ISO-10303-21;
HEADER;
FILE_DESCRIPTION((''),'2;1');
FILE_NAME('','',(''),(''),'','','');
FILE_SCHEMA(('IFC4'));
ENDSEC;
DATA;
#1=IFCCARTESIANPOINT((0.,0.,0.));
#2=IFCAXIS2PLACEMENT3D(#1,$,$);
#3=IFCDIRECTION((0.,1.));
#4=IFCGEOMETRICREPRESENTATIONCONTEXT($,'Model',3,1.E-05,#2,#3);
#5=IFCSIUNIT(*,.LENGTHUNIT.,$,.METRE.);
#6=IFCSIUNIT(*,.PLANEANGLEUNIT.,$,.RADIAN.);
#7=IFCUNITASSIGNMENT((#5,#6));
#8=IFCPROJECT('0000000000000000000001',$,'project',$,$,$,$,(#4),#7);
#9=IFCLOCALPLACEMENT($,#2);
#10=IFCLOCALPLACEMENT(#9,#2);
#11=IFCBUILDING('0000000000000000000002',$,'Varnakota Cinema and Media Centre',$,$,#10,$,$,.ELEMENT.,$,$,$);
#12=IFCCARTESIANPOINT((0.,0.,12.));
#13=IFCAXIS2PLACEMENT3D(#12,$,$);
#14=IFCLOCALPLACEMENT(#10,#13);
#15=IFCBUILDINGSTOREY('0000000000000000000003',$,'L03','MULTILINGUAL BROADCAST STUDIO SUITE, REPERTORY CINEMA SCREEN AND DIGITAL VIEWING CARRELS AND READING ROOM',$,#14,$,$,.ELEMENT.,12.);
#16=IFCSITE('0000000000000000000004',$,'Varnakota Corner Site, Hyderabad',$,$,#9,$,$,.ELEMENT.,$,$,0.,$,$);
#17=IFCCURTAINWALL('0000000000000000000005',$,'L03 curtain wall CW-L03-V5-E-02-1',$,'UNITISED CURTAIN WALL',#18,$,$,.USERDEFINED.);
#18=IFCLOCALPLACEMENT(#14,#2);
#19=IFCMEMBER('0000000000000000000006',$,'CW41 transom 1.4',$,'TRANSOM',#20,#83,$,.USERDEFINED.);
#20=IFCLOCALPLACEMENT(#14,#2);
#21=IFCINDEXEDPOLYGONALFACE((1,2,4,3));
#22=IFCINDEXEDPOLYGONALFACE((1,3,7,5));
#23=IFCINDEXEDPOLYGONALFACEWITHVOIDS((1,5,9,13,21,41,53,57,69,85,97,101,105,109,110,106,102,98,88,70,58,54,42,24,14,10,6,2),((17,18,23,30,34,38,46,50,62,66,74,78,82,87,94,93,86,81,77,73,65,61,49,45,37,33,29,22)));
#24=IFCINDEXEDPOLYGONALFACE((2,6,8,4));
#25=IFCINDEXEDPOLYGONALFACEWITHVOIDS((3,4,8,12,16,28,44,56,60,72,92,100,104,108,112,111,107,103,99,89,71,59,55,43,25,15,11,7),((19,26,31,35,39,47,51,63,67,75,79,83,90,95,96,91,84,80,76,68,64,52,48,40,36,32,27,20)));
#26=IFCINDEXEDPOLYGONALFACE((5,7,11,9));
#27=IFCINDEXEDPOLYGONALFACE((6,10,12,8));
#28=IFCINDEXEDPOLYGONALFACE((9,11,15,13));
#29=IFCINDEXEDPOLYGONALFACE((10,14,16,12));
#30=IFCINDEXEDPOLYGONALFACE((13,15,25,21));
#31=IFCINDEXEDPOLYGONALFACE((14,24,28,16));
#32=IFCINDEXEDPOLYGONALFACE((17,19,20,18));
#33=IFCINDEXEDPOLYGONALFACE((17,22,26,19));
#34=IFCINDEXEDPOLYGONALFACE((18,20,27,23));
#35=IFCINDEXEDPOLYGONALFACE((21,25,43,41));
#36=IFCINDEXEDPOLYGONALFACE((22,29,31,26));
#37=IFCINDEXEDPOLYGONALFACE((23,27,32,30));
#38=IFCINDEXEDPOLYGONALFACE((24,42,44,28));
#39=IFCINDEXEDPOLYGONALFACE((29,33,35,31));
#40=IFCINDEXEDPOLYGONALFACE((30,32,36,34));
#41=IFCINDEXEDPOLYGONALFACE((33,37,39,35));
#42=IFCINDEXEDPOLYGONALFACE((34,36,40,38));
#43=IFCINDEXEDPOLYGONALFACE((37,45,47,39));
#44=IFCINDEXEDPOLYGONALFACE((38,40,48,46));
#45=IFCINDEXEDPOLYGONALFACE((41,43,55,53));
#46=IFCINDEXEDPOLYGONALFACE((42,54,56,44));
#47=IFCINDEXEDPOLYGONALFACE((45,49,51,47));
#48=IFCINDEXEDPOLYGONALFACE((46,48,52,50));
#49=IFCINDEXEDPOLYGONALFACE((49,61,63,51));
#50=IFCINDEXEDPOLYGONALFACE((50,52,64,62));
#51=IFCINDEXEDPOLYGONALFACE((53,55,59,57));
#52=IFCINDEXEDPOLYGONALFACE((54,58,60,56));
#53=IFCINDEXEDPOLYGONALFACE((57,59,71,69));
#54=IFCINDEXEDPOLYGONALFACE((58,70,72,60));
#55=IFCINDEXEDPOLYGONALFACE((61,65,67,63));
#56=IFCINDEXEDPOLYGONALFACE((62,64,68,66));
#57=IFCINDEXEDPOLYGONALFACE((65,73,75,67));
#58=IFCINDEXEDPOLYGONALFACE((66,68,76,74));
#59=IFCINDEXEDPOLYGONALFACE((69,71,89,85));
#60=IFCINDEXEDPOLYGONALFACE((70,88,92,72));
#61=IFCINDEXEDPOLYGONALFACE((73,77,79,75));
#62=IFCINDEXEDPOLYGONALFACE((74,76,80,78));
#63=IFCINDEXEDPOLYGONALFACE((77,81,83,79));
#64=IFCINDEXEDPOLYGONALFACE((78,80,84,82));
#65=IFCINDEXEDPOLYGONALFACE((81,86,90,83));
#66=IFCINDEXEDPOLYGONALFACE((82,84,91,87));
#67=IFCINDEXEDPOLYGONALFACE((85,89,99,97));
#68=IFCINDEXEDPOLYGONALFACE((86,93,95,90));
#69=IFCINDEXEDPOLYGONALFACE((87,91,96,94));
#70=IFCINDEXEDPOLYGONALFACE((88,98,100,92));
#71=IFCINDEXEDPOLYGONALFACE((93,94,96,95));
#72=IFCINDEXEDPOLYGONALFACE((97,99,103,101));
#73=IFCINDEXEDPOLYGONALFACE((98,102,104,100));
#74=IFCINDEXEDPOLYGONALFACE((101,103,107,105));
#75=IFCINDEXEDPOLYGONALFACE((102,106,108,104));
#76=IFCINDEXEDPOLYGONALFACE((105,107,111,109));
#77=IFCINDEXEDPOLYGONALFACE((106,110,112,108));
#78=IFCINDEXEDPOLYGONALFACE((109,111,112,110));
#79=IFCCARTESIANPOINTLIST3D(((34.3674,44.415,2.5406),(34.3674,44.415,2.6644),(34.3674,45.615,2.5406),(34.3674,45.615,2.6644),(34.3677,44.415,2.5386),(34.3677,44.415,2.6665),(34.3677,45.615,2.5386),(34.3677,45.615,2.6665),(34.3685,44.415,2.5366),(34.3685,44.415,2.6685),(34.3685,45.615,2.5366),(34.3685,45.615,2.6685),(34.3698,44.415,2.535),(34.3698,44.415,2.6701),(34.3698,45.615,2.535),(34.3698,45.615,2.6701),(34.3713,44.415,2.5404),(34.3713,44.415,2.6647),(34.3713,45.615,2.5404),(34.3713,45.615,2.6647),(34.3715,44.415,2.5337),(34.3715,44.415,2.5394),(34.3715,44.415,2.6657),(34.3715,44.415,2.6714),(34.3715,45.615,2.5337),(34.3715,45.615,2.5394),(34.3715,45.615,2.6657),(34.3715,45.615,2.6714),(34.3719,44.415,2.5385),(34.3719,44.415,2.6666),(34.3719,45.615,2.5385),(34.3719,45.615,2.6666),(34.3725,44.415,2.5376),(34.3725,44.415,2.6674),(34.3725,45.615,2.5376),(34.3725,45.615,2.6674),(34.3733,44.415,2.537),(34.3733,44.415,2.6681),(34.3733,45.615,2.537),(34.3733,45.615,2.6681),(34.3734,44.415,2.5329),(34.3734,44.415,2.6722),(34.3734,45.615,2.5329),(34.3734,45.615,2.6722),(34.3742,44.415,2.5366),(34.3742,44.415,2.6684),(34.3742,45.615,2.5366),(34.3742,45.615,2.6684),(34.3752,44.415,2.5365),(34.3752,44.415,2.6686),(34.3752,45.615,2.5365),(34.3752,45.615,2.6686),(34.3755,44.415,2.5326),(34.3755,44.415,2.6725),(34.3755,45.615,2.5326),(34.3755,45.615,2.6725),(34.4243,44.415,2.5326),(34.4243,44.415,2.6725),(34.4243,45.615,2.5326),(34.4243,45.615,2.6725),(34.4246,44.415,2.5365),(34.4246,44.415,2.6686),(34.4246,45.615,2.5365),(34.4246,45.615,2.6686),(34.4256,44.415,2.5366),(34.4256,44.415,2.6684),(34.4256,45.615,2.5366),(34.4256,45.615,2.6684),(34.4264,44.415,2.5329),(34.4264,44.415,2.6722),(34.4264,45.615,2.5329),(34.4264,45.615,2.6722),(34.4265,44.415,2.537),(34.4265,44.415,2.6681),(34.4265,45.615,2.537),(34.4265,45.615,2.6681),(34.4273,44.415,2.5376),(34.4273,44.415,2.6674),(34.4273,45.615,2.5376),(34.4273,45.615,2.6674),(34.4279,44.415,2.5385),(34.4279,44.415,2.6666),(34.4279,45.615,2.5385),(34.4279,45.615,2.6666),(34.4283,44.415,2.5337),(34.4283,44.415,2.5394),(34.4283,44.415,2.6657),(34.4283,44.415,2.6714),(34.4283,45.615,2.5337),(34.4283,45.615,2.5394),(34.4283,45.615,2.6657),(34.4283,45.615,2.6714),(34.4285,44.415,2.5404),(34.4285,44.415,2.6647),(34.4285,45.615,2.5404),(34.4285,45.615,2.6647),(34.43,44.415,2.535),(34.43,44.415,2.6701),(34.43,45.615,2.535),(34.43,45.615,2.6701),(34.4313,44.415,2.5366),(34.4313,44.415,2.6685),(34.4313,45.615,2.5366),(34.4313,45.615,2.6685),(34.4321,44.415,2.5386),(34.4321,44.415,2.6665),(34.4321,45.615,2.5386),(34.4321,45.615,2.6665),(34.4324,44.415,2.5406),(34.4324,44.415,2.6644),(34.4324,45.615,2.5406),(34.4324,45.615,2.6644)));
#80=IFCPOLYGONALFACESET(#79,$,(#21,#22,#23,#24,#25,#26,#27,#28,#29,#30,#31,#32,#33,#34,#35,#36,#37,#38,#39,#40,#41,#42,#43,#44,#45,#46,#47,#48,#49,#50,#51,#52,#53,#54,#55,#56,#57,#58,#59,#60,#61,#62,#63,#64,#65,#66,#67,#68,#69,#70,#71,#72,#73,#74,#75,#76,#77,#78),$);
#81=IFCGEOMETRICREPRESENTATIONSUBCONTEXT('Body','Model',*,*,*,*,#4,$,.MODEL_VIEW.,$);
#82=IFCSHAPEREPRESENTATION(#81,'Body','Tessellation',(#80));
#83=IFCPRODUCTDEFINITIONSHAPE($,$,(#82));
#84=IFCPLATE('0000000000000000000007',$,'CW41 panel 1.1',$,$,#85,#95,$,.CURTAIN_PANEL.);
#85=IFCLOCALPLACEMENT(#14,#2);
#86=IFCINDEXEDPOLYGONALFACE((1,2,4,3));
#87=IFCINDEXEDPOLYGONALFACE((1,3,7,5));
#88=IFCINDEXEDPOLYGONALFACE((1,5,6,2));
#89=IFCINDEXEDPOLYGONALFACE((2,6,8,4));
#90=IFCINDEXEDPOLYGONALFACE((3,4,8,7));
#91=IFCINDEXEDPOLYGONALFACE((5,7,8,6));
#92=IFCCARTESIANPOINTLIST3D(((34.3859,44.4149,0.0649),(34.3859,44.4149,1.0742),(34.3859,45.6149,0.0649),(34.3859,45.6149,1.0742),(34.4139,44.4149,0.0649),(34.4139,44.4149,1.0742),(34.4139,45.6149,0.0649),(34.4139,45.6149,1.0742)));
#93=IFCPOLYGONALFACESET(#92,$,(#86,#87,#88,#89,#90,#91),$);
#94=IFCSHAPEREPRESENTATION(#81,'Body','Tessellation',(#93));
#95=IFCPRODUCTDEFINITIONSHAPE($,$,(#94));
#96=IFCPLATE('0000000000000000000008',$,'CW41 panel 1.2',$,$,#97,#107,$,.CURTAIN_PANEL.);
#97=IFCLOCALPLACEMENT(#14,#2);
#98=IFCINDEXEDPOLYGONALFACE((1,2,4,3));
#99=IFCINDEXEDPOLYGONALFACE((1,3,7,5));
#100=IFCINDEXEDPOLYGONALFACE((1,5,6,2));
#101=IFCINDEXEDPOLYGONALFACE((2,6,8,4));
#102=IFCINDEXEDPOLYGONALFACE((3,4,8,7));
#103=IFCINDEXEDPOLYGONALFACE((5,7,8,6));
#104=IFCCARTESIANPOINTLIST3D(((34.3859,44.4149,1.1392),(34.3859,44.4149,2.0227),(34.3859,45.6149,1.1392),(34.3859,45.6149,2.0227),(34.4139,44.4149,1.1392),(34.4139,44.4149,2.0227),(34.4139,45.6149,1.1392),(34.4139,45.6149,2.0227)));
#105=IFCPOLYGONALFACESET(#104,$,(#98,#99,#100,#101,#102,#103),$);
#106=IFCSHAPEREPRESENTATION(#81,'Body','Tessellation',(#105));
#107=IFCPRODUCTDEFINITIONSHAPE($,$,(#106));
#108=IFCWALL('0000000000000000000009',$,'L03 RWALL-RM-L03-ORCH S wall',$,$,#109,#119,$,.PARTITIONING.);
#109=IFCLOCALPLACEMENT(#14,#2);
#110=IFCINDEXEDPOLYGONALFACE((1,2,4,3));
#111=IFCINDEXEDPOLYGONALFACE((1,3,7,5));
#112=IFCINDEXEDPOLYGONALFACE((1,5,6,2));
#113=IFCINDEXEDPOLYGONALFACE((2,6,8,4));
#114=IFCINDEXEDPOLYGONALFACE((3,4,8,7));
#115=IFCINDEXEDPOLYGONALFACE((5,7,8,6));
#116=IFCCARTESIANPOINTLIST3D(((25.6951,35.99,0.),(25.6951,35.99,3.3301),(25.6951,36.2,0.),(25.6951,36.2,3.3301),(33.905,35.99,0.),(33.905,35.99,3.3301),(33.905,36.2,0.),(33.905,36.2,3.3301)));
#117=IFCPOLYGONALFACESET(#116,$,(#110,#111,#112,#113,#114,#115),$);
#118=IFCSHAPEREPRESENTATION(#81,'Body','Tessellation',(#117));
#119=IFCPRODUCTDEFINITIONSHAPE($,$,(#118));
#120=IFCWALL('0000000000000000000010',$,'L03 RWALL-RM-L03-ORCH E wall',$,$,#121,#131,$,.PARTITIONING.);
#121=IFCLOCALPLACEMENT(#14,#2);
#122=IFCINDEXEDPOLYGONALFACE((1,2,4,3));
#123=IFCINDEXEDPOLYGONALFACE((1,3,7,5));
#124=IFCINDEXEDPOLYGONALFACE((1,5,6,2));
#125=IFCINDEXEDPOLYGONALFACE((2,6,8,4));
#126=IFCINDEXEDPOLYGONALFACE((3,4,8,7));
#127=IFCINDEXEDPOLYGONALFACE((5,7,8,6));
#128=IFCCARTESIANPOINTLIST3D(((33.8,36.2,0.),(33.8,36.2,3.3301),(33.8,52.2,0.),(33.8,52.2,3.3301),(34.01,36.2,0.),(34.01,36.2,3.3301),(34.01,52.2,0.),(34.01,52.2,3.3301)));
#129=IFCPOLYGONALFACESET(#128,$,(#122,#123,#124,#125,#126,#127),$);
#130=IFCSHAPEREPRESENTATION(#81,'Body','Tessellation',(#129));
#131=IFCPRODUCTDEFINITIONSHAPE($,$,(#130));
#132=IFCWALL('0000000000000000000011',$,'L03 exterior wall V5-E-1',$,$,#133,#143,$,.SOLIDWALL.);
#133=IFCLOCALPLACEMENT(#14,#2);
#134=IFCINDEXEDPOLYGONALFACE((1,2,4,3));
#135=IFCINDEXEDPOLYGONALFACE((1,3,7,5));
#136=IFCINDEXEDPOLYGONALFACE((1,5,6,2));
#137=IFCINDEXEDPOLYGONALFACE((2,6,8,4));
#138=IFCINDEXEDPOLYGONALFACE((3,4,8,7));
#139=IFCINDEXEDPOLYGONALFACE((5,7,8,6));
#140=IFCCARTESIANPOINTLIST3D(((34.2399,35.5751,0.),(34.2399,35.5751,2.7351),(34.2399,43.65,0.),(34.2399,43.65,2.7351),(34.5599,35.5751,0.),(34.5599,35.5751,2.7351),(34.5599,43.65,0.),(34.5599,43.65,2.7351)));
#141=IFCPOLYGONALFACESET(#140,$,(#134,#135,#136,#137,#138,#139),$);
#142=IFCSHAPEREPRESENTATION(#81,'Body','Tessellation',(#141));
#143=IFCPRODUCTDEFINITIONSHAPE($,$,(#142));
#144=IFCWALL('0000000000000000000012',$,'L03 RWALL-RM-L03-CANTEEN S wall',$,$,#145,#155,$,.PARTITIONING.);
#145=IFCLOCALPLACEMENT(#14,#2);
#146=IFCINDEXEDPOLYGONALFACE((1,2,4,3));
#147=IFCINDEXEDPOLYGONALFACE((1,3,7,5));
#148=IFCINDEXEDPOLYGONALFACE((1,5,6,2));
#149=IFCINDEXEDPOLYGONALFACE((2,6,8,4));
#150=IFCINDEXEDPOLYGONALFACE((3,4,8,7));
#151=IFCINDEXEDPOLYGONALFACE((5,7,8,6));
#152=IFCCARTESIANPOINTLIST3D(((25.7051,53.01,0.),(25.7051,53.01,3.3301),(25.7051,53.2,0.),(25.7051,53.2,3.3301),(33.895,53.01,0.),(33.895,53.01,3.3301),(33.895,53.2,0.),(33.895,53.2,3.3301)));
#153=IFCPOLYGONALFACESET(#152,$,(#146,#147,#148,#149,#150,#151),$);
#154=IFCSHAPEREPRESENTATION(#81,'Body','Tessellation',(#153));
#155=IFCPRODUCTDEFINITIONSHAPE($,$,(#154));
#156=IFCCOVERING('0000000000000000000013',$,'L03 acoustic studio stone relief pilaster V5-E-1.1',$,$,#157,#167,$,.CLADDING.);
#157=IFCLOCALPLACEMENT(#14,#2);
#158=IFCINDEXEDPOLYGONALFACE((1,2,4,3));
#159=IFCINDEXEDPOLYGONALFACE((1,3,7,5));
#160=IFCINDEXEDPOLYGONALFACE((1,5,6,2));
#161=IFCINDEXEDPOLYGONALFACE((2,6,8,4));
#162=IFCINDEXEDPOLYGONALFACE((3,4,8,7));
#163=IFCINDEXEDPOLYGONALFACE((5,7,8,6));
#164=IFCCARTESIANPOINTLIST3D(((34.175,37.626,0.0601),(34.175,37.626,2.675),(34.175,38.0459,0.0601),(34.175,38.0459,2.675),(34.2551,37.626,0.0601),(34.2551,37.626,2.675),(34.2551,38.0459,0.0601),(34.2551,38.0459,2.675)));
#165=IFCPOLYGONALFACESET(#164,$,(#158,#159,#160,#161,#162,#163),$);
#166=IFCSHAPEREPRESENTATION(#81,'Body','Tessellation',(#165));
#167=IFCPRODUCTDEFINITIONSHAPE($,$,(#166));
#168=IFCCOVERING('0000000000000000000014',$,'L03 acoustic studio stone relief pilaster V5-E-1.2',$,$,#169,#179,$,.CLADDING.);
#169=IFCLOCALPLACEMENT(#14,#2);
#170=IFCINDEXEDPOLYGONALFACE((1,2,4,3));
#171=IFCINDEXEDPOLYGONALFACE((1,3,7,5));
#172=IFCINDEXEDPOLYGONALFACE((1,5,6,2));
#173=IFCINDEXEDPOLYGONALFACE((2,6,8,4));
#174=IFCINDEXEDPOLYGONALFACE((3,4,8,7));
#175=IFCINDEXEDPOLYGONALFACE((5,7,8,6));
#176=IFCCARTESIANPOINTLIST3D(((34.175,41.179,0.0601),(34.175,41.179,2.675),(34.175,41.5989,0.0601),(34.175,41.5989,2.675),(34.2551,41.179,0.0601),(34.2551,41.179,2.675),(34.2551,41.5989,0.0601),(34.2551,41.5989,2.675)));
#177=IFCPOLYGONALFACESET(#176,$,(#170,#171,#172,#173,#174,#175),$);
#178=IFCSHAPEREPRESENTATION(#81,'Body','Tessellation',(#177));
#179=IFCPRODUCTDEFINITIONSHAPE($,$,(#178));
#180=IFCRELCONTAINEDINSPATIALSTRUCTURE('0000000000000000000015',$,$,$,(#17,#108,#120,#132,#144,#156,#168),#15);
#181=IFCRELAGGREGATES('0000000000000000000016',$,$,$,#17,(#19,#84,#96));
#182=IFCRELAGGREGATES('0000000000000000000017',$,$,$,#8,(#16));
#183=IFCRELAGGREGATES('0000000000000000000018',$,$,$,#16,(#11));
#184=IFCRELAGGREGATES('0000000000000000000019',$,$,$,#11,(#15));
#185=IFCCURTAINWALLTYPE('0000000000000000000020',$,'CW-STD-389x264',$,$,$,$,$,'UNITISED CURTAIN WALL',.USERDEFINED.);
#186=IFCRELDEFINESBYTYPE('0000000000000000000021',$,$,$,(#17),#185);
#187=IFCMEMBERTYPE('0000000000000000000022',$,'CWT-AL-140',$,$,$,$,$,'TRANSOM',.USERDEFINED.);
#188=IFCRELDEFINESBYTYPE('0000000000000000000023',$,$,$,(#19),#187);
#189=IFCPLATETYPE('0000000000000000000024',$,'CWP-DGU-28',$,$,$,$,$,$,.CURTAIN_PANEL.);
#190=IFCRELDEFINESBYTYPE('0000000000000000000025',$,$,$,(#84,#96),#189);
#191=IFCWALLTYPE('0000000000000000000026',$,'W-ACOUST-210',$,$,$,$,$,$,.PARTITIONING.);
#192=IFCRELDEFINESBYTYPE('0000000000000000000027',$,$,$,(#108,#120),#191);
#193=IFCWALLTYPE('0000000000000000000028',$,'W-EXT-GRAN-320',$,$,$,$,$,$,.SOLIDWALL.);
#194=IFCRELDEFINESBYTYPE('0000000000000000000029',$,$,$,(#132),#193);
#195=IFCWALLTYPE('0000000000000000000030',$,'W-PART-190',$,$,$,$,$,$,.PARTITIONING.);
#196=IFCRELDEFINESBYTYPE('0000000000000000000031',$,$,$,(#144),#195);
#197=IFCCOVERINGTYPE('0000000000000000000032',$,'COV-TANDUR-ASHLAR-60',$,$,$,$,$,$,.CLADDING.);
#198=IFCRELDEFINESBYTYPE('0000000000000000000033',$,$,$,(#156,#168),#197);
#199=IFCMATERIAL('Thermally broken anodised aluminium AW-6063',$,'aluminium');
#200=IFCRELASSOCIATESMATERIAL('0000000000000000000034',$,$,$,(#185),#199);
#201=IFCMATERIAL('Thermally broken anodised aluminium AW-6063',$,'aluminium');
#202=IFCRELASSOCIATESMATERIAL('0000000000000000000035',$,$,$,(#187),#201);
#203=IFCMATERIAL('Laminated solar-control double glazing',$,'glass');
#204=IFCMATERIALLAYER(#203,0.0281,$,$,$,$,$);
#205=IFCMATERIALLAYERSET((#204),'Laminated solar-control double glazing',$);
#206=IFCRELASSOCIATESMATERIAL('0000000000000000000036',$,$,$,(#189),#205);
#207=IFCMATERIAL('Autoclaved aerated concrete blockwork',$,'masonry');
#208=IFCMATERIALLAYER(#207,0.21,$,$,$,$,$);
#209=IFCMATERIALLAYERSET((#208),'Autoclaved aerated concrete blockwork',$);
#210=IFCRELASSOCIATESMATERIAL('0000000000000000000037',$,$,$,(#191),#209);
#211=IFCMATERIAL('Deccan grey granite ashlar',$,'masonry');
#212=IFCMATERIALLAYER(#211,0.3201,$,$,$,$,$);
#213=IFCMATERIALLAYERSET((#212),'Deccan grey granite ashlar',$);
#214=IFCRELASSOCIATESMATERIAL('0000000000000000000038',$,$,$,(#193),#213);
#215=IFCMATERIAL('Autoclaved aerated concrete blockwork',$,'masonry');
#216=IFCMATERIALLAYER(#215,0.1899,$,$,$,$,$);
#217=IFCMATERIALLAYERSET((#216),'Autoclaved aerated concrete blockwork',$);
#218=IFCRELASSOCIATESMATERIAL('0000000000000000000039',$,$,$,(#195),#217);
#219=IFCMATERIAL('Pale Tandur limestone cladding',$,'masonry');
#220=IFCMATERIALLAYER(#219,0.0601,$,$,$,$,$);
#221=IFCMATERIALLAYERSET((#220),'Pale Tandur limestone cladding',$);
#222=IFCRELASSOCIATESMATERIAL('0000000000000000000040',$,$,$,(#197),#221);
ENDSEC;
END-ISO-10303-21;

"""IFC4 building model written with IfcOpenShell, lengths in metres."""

from ifc_helpers import new_model, si_unit, direction, frame, frame_2d, origin, origin_2d, place, context, subcontext, project, spatial, rectangle, hollow_rectangle, extrude, material, layer, layer_set, material_profile, profile_set, type_object, element, aggregate, save


model = new_model("IFC4")

# Units and contexts
model_context = context("Model", 3, precision=1e-05, world=origin(), true_north=direction((0.0, 1.0)))
body_context = subcontext(model_context, "Body", "Model", "MODEL_VIEW")
ifc_project = project(units=[si_unit("LENGTHUNIT", "METRE"), si_unit("PLANEANGLEUNIT", "RADIAN")], contexts=[model_context])

# Site, building, storey
site_placement = place(None, origin())
site = spatial("IfcSite", under=ifc_project, at=site_placement, Name="Varnakota Corner Site, Hyderabad", CompositionType="ELEMENT", RefElevation=0.0)
building_placement = place(site_placement, origin())
building = spatial("IfcBuilding", under=site, at=building_placement, Name="Varnakota Cinema and Media Centre", CompositionType="ELEMENT")
storey_placement = place(building_placement, frame((0.0, 0.0, 12.0)))
storey = spatial("IfcBuildingStorey", under=building, at=storey_placement, Name="L03", Description="MULTILINGUAL BROADCAST STUDIO SUITE, REPERTORY CINEMA SCREEN AND DIGITAL VIEWING CARRELS AND READING ROOM", CompositionType="ELEMENT", Elevation=12.0)

# Curtain wall, member, plates
ifc_material_1 = material(Name="Thermally broken anodised aluminium AW-6063", Category="aluminium")
curtain_wall_type = type_object("IfcCurtainWallType", Name="CW-STD-389x264", ElementType="UNITISED CURTAIN WALL", PredefinedType="USERDEFINED", material=ifc_material_1)
curtain_wall_placement = place(storey_placement, origin())
curtain_wall = element("IfcCurtainWall", 1, at=curtain_wall_placement, inside=storey, type_object=curtain_wall_type, Name="L03 curtain wall CW-L03-V5-E-02-1", ObjectType="UNITISED CURTAIN WALL", PredefinedType="USERDEFINED")
ifc_material_2 = material(Name="Thermally broken anodised aluminium AW-6063", Category="aluminium")
ifc_material_profile_1 = material_profile(ifc_material_2, hollow_rectangle(XDim=0.0649, YDim=0.1399, WallThickness=0.0039, InnerFilletRadius=0.0039, OuterFilletRadius=0.0081, at=origin_2d()), Name="AL-TRANSOM 140x65x4")
ifc_profile_set_1 = profile_set([ifc_material_profile_1], Name="Thermally broken anodised aluminium AW-6063")
member_type_1 = type_object("IfcMemberType", Name="CWT-AL-140", ElementType="TRANSOM", PredefinedType="USERDEFINED", material=ifc_profile_set_1)
member_1_placement = place(storey_placement, frame((34.3999, 44.415, 2.6025), z_axis=(0.0, 1.0, 0.0), x_axis=(-1.0, 0.0, 0.0)))
member_1 = element("IfcMember", 2, at=member_1_placement, type_object=member_type_1, Name="CW41 transom 1.4", ObjectType="TRANSOM", PredefinedType="USERDEFINED", context=body_context, shape_type="SweptSolid", body=[
    extrude(hollow_rectangle(XDim=0.0649, YDim=0.1399, WallThickness=0.0039, InnerFilletRadius=0.0039, OuterFilletRadius=0.0081, at=origin_2d()), origin(), (0.0, 0.0, 1.0), 1.2),
])
ifc_material_3 = material(Name="Laminated solar-control double glazing", Category="glass")
ifc_layer_1 = layer(ifc_material_3, 0.0281)
ifc_layer_set_1 = layer_set([ifc_layer_1], Name="Laminated solar-control double glazing")
plate_type = type_object("IfcPlateType", Name="CWP-DGU-28", PredefinedType="CURTAIN_PANEL", material=ifc_layer_set_1)
plate_1_placement = place(storey_placement, frame((34.3999, 45.0149, 0.0649), z_axis=(0.0, 0.0, 1.0), x_axis=(0.0, 1.0, 0.0)))
plate_1 = element("IfcPlate", 3, at=plate_1_placement, type_object=plate_type, Name="CW41 panel 1.1", PredefinedType="CURTAIN_PANEL", context=body_context, shape_type="SweptSolid", body=[
    extrude(rectangle(XDim=1.2, YDim=0.0281, at=origin_2d()), origin(), (0.0, 0.0, 1.0), 1.0093),
])
plate_2_placement = place(storey_placement, frame((34.3999, 45.0149, 1.1392), z_axis=(0.0, 0.0, 1.0), x_axis=(0.0, 1.0, 0.0)))
plate_2 = element("IfcPlate", 4, at=plate_2_placement, type_object=plate_type, Name="CW41 panel 1.2", PredefinedType="CURTAIN_PANEL", context=body_context, shape_type="SweptSolid", body=[
    extrude(rectangle(XDim=1.2, YDim=0.0281, at=origin_2d()), origin(), (0.0, 0.0, 1.0), 0.8835),
])
aggregate(curtain_wall, [member_1, plate_1, plate_2])

# Walls
ifc_material_4 = material(Name="Autoclaved aerated concrete blockwork", Category="masonry")
ifc_layer_2 = layer(ifc_material_4, 0.21)
ifc_layer_set_2 = layer_set([ifc_layer_2], Name="Autoclaved aerated concrete blockwork")
wall_type_1 = type_object("IfcWallType", Name="W-ACOUST-210", PredefinedType="PARTITIONING", material=ifc_layer_set_2)
wall_1_placement = place(storey_placement, frame((33.905, 36.095, 0.0), z_axis=(0.0, 0.0, 1.0), x_axis=(-1.0, 0.0, 0.0)))
element("IfcWall", 5, at=wall_1_placement, inside=storey, type_object=wall_type_1, Name="L03 RWALL-RM-L03-ORCH S wall", PredefinedType="PARTITIONING", context=body_context, shape_type="SweptSolid", body=[
    extrude(rectangle(XDim=8.21, YDim=0.21, at=frame_2d((4.105, 0.0))), origin(), (0.0, 0.0, 1.0), 3.3301),
])
wall_2_placement = place(storey_placement, frame((33.905, 52.2, 0.0), z_axis=(0.0, 0.0, 1.0), x_axis=(0.0, -1.0, 0.0)))
element("IfcWall", 6, at=wall_2_placement, inside=storey, type_object=wall_type_1, Name="L03 RWALL-RM-L03-ORCH E wall", PredefinedType="PARTITIONING", context=body_context, shape_type="SweptSolid", body=[
    extrude(rectangle(XDim=16.0, YDim=0.21, at=frame_2d((8.0, 0.0))), origin(), (0.0, 0.0, 1.0), 3.3301),
])
ifc_material_5 = material(Name="Deccan grey granite ashlar", Category="masonry")
ifc_layer_3 = layer(ifc_material_5, 0.3201)
ifc_layer_set_3 = layer_set([ifc_layer_3], Name="Deccan grey granite ashlar")
wall_type_2 = type_object("IfcWallType", Name="W-EXT-GRAN-320", PredefinedType="SOLIDWALL", material=ifc_layer_set_3)
wall_3_placement = place(storey_placement, frame((34.3999, 35.575, 0.0), z_axis=(0.0, 0.0, 1.0), x_axis=(0.0, 1.0, 0.0)))
element("IfcWall", 7, at=wall_3_placement, inside=storey, type_object=wall_type_2, Name="L03 exterior wall V5-E-1", PredefinedType="SOLIDWALL", context=body_context, shape_type="SweptSolid", body=[
    extrude(rectangle(XDim=8.075, YDim=0.3201, at=frame_2d((4.0376, 0.0))), origin(), (0.0, 0.0, 1.0), 2.7351),
])
ifc_material_6 = material(Name="Autoclaved aerated concrete blockwork", Category="masonry")
ifc_layer_4 = layer(ifc_material_6, 0.1899)
ifc_layer_set_4 = layer_set([ifc_layer_4], Name="Autoclaved aerated concrete blockwork")
wall_type_3 = type_object("IfcWallType", Name="W-PART-190", PredefinedType="PARTITIONING", material=ifc_layer_set_4)
wall_4_placement = place(storey_placement, frame((33.895, 53.105, 0.0), z_axis=(0.0, 0.0, 1.0), x_axis=(-1.0, 0.0, 0.0)))
element("IfcWall", 8, at=wall_4_placement, inside=storey, type_object=wall_type_3, Name="L03 RWALL-RM-L03-CANTEEN S wall", PredefinedType="PARTITIONING", context=body_context, shape_type="SweptSolid", body=[
    extrude(rectangle(XDim=8.1899, YDim=0.1899, at=frame_2d((4.095, 0.0))), origin(), (0.0, 0.0, 1.0), 3.3301),
])

# Coverings
ifc_material_7 = material(Name="Pale Tandur limestone cladding", Category="masonry")
ifc_layer_5 = layer(ifc_material_7, 0.0601)
ifc_layer_set_5 = layer_set([ifc_layer_5], Name="Pale Tandur limestone cladding")
covering_type = type_object("IfcCoveringType", Name="COV-TANDUR-ASHLAR-60", PredefinedType="CLADDING", material=ifc_layer_set_5)
for number, where, z_axis, x_axis, name in (
    (9, (34.2151, 37.8359, 0.0601), (0.0, 0.0, 1.0), (0.0, 1.0, 0.0), "L03 acoustic studio stone relief pilaster V5-E-1.1"),
    (10, (34.2151, 41.3889, 0.0601), (0.0, 0.0, 1.0), (0.0, 1.0, 0.0), "L03 acoustic studio stone relief pilaster V5-E-1.2"),
):
    element("IfcCovering", number, at=place(storey_placement, frame(where, z_axis=z_axis, x_axis=x_axis)), inside=storey, type_object=covering_type, Name=name, PredefinedType="CLADDING", context=body_context, shape_type="SweptSolid", body=[
        extrude(rectangle(XDim=0.4199, YDim=0.0801, at=origin_2d()), origin(), (0.0, 0.0, 1.0), 2.615),
    ])

save(model, "model.ifc")
